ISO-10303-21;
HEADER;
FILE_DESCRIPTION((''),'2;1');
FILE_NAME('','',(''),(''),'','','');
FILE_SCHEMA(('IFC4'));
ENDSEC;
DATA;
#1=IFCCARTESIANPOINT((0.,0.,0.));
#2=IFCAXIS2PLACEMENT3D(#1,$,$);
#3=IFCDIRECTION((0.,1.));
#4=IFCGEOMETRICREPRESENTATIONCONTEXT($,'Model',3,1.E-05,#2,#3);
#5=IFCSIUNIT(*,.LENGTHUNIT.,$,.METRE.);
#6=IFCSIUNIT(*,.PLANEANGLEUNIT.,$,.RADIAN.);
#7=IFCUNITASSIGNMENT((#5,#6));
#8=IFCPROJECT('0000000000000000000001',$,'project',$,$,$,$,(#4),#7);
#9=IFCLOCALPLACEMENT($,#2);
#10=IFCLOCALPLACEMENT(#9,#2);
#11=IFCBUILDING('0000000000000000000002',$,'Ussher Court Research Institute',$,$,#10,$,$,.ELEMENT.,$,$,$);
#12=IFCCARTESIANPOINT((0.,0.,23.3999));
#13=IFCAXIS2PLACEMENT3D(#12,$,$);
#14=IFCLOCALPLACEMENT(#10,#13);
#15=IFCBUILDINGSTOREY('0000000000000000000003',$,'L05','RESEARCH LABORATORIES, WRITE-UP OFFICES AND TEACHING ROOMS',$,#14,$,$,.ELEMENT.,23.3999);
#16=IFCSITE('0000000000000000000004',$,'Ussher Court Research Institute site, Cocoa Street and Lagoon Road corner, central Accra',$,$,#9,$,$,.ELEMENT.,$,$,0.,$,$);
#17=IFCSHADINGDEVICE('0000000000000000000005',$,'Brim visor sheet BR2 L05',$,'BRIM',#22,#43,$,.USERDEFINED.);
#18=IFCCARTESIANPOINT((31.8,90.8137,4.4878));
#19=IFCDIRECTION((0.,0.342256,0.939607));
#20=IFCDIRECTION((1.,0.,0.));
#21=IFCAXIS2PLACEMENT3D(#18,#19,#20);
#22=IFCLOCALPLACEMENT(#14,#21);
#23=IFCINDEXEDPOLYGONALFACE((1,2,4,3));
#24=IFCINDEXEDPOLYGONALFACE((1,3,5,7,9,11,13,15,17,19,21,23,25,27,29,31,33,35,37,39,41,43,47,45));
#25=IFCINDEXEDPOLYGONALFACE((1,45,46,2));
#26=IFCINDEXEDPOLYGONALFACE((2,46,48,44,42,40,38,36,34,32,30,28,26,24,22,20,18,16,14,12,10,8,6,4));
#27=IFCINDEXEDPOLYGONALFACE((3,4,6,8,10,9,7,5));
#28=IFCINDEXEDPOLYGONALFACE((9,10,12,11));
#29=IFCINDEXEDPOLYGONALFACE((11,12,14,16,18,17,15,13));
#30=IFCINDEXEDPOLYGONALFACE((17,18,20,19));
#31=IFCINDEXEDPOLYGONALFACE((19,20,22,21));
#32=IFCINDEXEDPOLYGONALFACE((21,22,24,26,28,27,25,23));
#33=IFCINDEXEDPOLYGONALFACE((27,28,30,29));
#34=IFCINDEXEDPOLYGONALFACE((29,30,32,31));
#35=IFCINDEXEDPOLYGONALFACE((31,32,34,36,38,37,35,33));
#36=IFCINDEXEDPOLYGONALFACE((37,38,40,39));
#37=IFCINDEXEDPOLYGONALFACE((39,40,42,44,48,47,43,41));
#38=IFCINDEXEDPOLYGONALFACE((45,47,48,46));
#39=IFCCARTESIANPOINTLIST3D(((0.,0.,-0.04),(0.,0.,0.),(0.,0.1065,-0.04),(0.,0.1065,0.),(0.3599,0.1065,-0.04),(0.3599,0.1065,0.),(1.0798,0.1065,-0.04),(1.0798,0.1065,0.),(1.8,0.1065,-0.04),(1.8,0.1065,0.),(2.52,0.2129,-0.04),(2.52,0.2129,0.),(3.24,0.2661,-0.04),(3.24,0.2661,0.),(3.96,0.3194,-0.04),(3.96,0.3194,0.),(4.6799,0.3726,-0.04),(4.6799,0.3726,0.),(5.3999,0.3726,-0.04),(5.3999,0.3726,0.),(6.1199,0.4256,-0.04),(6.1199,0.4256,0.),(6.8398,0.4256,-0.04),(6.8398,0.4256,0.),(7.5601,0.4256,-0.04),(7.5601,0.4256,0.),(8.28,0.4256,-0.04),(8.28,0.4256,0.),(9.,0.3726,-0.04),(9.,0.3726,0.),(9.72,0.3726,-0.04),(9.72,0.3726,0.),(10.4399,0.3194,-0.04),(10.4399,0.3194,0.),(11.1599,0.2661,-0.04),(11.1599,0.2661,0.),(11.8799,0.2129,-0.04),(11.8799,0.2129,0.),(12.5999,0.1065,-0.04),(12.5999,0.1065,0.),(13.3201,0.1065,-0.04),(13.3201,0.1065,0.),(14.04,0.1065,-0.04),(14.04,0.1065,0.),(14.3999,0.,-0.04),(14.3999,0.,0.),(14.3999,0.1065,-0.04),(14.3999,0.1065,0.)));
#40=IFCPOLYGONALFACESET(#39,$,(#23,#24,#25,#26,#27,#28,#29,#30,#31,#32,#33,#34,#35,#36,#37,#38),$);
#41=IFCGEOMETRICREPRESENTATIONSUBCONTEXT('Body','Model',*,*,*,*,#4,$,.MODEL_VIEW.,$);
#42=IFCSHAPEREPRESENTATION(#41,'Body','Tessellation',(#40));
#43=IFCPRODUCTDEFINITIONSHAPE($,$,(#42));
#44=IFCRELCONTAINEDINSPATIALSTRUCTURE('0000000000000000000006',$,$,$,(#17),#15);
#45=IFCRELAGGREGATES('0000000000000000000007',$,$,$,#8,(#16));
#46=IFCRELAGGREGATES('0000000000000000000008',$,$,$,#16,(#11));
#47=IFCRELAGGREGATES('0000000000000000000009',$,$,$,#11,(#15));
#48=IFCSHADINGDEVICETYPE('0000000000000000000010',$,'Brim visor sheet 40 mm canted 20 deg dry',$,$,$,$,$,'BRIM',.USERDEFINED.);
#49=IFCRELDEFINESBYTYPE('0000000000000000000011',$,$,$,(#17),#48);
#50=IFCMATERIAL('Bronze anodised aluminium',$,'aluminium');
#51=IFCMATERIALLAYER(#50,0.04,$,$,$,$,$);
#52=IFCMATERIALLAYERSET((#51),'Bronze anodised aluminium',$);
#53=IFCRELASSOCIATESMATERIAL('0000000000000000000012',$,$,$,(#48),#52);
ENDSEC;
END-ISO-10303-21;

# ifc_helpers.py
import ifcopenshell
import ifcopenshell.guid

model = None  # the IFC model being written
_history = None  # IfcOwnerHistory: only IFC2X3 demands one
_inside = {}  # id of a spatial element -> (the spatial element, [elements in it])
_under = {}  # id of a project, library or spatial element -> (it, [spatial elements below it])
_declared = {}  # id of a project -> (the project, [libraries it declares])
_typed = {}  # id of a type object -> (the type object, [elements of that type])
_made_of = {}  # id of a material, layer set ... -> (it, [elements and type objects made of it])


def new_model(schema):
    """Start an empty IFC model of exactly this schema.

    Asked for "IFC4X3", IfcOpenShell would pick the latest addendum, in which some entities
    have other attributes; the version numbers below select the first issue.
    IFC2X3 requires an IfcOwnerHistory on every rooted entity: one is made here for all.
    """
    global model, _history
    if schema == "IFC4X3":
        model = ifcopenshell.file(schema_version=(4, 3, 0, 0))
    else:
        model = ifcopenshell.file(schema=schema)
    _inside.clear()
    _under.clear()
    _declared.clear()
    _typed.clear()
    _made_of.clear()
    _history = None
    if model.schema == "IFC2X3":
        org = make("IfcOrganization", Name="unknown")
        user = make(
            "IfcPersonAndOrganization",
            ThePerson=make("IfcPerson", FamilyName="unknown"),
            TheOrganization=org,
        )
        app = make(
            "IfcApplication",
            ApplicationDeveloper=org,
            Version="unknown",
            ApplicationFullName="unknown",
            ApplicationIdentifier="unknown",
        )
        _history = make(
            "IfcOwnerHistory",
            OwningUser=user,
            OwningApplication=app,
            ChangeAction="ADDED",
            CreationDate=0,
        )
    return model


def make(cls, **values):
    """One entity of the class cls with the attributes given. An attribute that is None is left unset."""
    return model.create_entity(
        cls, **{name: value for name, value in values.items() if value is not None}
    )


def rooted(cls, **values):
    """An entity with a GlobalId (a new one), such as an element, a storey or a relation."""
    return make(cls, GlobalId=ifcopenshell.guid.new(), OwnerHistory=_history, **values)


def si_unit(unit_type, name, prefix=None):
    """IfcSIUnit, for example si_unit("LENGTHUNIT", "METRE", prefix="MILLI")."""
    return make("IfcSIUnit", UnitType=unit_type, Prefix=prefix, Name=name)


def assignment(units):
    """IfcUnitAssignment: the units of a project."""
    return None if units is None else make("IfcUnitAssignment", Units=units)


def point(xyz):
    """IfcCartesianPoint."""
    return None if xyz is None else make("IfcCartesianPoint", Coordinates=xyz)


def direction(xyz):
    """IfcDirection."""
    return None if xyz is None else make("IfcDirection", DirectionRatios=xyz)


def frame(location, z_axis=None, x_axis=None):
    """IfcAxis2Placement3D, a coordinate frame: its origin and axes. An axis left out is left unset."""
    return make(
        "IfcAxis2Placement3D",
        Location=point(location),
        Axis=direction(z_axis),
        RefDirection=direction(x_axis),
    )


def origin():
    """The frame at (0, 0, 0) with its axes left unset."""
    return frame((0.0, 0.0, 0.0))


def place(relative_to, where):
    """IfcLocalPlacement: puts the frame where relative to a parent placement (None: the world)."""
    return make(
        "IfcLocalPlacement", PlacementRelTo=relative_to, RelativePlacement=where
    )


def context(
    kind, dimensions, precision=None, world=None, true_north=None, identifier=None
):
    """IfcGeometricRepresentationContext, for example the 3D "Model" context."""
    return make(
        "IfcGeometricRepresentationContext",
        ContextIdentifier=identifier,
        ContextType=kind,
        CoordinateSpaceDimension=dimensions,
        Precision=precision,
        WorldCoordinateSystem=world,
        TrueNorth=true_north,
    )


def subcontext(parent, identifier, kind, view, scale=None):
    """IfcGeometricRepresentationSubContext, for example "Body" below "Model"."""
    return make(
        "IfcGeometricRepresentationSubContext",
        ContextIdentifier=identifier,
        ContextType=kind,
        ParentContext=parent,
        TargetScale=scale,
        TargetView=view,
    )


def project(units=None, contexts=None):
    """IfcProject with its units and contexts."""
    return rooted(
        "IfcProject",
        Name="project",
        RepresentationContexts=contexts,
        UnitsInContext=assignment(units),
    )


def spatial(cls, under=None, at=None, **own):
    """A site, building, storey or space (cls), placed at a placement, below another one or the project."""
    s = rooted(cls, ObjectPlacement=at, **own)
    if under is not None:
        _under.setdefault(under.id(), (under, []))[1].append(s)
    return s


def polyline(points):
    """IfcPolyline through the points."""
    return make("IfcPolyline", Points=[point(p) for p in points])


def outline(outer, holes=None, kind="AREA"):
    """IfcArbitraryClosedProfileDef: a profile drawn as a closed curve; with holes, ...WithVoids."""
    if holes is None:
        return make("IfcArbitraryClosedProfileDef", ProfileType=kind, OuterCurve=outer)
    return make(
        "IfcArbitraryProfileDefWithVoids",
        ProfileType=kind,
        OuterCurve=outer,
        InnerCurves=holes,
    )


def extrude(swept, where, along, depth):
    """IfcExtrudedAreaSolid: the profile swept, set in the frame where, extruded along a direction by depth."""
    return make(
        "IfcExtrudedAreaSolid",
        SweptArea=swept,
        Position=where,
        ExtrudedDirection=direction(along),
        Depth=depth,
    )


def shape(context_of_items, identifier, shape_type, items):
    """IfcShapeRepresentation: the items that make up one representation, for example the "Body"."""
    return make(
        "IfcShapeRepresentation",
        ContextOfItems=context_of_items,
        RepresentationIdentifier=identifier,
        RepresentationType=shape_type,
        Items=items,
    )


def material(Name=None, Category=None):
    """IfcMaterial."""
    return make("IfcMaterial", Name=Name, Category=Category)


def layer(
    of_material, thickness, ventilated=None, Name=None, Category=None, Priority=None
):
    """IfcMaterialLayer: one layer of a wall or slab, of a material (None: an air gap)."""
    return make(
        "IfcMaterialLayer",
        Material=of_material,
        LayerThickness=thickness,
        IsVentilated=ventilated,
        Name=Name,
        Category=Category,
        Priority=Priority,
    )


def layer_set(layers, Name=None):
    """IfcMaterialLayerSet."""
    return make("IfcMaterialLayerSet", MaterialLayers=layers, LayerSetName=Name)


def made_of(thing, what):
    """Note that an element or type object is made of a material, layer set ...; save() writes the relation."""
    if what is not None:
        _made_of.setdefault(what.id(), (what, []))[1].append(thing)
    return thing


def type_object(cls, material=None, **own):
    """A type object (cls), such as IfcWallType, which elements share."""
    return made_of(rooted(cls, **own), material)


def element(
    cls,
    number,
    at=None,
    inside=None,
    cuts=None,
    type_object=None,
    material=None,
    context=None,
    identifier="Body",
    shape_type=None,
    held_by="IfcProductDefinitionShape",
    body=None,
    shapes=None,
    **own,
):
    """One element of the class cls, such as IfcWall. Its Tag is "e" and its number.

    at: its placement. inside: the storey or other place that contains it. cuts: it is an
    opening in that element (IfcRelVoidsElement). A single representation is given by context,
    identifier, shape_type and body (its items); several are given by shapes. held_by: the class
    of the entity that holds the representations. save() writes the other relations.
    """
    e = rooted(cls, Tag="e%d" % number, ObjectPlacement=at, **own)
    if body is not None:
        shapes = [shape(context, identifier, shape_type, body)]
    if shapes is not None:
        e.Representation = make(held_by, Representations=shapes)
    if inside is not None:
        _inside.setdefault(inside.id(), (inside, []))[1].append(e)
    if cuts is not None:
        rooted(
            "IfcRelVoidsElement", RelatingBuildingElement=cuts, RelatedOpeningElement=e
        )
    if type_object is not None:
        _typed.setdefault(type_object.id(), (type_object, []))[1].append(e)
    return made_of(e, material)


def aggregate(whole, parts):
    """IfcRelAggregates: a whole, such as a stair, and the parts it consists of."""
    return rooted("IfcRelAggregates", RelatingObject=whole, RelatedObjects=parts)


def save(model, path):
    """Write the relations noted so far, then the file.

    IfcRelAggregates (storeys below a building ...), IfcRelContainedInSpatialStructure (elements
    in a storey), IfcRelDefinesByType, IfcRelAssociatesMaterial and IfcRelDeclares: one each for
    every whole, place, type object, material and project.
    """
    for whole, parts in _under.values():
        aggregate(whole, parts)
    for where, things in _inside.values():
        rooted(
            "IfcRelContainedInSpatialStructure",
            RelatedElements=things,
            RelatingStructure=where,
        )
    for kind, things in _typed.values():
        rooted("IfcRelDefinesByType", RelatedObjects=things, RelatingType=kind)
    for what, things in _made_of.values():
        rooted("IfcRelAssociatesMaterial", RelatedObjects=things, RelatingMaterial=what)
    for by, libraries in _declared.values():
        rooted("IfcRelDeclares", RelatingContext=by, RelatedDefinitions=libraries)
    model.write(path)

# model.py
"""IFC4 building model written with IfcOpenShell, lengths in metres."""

from ifc_helpers import new_model, si_unit, direction, frame, origin, place, context, subcontext, project, spatial, polyline, outline, extrude, material, layer, layer_set, type_object, element, save


model = new_model("IFC4")

# Units and contexts
model_context = context("Model", 3, precision=1e-05, world=origin(), true_north=direction((0.0, 1.0)))
body_context = subcontext(model_context, "Body", "Model", "MODEL_VIEW")
ifc_project = project(units=[si_unit("LENGTHUNIT", "METRE"), si_unit("PLANEANGLEUNIT", "RADIAN")], contexts=[model_context])

# Site, building, storey
site_placement = place(None, origin())
site = spatial("IfcSite", under=ifc_project, at=site_placement, Name="Ussher Court Research Institute site, Cocoa Street and Lagoon Road corner, central Accra", CompositionType="ELEMENT", RefElevation=0.0)
building_placement = place(site_placement, origin())
building = spatial("IfcBuilding", under=site, at=building_placement, Name="Ussher Court Research Institute", CompositionType="ELEMENT")
storey_placement = place(building_placement, frame((0.0, 0.0, 23.3999)))
storey = spatial("IfcBuildingStorey", under=building, at=storey_placement, Name="L05", Description="RESEARCH LABORATORIES, WRITE-UP OFFICES AND TEACHING ROOMS", CompositionType="ELEMENT", Elevation=23.3999)

# Shading device
ifc_material_1 = material(Name="Bronze anodised aluminium", Category="aluminium")
ifc_layer_1 = layer(ifc_material_1, 0.04)
ifc_layer_set_1 = layer_set([ifc_layer_1], Name="Bronze anodised aluminium")
shading_device_type_1 = type_object("IfcShadingDeviceType", Name="Brim visor sheet 40 mm canted 20 deg dry", ElementType="BRIM", PredefinedType="USERDEFINED", material=ifc_layer_set_1)
shading_device_1_placement = place(storey_placement, frame((31.8, 90.8137, 4.4878), z_axis=(0.0, 0.342256, 0.939607), x_axis=(1.0, 0.0, 0.0)))
element("IfcShadingDevice", 1, at=shading_device_1_placement, inside=storey, type_object=shading_device_type_1, Name="Brim visor sheet BR2 L05", ObjectType="BRIM", PredefinedType="USERDEFINED", context=body_context, shape_type="SweptSolid", body=[
    extrude(outline(polyline([(0.0, 0.0), (14.3999, 0.0), (14.3999, 0.1065), (14.04, 0.1065), (13.3201, 0.1065), (12.5999, 0.1065), (11.8799, 0.2129), (11.1599, 0.2661), (10.4399, 0.3194), (9.72, 0.3726), (9.0, 0.3726), (8.28, 0.4256), (7.5601, 0.4256), (6.8398, 0.4256), (6.1199, 0.4256), (5.3999, 0.3726), (4.6799, 0.3726), (3.96, 0.3194), (3.24, 0.2661), (2.52, 0.2129), (1.8, 0.1065), (1.0798, 0.1065), (0.3599, 0.1065), (0.0, 0.1065), (0.0, 0.0)])), origin(), (0.0, 0.0, -1.0), 0.04),
])

save(model, "model.ifc")
